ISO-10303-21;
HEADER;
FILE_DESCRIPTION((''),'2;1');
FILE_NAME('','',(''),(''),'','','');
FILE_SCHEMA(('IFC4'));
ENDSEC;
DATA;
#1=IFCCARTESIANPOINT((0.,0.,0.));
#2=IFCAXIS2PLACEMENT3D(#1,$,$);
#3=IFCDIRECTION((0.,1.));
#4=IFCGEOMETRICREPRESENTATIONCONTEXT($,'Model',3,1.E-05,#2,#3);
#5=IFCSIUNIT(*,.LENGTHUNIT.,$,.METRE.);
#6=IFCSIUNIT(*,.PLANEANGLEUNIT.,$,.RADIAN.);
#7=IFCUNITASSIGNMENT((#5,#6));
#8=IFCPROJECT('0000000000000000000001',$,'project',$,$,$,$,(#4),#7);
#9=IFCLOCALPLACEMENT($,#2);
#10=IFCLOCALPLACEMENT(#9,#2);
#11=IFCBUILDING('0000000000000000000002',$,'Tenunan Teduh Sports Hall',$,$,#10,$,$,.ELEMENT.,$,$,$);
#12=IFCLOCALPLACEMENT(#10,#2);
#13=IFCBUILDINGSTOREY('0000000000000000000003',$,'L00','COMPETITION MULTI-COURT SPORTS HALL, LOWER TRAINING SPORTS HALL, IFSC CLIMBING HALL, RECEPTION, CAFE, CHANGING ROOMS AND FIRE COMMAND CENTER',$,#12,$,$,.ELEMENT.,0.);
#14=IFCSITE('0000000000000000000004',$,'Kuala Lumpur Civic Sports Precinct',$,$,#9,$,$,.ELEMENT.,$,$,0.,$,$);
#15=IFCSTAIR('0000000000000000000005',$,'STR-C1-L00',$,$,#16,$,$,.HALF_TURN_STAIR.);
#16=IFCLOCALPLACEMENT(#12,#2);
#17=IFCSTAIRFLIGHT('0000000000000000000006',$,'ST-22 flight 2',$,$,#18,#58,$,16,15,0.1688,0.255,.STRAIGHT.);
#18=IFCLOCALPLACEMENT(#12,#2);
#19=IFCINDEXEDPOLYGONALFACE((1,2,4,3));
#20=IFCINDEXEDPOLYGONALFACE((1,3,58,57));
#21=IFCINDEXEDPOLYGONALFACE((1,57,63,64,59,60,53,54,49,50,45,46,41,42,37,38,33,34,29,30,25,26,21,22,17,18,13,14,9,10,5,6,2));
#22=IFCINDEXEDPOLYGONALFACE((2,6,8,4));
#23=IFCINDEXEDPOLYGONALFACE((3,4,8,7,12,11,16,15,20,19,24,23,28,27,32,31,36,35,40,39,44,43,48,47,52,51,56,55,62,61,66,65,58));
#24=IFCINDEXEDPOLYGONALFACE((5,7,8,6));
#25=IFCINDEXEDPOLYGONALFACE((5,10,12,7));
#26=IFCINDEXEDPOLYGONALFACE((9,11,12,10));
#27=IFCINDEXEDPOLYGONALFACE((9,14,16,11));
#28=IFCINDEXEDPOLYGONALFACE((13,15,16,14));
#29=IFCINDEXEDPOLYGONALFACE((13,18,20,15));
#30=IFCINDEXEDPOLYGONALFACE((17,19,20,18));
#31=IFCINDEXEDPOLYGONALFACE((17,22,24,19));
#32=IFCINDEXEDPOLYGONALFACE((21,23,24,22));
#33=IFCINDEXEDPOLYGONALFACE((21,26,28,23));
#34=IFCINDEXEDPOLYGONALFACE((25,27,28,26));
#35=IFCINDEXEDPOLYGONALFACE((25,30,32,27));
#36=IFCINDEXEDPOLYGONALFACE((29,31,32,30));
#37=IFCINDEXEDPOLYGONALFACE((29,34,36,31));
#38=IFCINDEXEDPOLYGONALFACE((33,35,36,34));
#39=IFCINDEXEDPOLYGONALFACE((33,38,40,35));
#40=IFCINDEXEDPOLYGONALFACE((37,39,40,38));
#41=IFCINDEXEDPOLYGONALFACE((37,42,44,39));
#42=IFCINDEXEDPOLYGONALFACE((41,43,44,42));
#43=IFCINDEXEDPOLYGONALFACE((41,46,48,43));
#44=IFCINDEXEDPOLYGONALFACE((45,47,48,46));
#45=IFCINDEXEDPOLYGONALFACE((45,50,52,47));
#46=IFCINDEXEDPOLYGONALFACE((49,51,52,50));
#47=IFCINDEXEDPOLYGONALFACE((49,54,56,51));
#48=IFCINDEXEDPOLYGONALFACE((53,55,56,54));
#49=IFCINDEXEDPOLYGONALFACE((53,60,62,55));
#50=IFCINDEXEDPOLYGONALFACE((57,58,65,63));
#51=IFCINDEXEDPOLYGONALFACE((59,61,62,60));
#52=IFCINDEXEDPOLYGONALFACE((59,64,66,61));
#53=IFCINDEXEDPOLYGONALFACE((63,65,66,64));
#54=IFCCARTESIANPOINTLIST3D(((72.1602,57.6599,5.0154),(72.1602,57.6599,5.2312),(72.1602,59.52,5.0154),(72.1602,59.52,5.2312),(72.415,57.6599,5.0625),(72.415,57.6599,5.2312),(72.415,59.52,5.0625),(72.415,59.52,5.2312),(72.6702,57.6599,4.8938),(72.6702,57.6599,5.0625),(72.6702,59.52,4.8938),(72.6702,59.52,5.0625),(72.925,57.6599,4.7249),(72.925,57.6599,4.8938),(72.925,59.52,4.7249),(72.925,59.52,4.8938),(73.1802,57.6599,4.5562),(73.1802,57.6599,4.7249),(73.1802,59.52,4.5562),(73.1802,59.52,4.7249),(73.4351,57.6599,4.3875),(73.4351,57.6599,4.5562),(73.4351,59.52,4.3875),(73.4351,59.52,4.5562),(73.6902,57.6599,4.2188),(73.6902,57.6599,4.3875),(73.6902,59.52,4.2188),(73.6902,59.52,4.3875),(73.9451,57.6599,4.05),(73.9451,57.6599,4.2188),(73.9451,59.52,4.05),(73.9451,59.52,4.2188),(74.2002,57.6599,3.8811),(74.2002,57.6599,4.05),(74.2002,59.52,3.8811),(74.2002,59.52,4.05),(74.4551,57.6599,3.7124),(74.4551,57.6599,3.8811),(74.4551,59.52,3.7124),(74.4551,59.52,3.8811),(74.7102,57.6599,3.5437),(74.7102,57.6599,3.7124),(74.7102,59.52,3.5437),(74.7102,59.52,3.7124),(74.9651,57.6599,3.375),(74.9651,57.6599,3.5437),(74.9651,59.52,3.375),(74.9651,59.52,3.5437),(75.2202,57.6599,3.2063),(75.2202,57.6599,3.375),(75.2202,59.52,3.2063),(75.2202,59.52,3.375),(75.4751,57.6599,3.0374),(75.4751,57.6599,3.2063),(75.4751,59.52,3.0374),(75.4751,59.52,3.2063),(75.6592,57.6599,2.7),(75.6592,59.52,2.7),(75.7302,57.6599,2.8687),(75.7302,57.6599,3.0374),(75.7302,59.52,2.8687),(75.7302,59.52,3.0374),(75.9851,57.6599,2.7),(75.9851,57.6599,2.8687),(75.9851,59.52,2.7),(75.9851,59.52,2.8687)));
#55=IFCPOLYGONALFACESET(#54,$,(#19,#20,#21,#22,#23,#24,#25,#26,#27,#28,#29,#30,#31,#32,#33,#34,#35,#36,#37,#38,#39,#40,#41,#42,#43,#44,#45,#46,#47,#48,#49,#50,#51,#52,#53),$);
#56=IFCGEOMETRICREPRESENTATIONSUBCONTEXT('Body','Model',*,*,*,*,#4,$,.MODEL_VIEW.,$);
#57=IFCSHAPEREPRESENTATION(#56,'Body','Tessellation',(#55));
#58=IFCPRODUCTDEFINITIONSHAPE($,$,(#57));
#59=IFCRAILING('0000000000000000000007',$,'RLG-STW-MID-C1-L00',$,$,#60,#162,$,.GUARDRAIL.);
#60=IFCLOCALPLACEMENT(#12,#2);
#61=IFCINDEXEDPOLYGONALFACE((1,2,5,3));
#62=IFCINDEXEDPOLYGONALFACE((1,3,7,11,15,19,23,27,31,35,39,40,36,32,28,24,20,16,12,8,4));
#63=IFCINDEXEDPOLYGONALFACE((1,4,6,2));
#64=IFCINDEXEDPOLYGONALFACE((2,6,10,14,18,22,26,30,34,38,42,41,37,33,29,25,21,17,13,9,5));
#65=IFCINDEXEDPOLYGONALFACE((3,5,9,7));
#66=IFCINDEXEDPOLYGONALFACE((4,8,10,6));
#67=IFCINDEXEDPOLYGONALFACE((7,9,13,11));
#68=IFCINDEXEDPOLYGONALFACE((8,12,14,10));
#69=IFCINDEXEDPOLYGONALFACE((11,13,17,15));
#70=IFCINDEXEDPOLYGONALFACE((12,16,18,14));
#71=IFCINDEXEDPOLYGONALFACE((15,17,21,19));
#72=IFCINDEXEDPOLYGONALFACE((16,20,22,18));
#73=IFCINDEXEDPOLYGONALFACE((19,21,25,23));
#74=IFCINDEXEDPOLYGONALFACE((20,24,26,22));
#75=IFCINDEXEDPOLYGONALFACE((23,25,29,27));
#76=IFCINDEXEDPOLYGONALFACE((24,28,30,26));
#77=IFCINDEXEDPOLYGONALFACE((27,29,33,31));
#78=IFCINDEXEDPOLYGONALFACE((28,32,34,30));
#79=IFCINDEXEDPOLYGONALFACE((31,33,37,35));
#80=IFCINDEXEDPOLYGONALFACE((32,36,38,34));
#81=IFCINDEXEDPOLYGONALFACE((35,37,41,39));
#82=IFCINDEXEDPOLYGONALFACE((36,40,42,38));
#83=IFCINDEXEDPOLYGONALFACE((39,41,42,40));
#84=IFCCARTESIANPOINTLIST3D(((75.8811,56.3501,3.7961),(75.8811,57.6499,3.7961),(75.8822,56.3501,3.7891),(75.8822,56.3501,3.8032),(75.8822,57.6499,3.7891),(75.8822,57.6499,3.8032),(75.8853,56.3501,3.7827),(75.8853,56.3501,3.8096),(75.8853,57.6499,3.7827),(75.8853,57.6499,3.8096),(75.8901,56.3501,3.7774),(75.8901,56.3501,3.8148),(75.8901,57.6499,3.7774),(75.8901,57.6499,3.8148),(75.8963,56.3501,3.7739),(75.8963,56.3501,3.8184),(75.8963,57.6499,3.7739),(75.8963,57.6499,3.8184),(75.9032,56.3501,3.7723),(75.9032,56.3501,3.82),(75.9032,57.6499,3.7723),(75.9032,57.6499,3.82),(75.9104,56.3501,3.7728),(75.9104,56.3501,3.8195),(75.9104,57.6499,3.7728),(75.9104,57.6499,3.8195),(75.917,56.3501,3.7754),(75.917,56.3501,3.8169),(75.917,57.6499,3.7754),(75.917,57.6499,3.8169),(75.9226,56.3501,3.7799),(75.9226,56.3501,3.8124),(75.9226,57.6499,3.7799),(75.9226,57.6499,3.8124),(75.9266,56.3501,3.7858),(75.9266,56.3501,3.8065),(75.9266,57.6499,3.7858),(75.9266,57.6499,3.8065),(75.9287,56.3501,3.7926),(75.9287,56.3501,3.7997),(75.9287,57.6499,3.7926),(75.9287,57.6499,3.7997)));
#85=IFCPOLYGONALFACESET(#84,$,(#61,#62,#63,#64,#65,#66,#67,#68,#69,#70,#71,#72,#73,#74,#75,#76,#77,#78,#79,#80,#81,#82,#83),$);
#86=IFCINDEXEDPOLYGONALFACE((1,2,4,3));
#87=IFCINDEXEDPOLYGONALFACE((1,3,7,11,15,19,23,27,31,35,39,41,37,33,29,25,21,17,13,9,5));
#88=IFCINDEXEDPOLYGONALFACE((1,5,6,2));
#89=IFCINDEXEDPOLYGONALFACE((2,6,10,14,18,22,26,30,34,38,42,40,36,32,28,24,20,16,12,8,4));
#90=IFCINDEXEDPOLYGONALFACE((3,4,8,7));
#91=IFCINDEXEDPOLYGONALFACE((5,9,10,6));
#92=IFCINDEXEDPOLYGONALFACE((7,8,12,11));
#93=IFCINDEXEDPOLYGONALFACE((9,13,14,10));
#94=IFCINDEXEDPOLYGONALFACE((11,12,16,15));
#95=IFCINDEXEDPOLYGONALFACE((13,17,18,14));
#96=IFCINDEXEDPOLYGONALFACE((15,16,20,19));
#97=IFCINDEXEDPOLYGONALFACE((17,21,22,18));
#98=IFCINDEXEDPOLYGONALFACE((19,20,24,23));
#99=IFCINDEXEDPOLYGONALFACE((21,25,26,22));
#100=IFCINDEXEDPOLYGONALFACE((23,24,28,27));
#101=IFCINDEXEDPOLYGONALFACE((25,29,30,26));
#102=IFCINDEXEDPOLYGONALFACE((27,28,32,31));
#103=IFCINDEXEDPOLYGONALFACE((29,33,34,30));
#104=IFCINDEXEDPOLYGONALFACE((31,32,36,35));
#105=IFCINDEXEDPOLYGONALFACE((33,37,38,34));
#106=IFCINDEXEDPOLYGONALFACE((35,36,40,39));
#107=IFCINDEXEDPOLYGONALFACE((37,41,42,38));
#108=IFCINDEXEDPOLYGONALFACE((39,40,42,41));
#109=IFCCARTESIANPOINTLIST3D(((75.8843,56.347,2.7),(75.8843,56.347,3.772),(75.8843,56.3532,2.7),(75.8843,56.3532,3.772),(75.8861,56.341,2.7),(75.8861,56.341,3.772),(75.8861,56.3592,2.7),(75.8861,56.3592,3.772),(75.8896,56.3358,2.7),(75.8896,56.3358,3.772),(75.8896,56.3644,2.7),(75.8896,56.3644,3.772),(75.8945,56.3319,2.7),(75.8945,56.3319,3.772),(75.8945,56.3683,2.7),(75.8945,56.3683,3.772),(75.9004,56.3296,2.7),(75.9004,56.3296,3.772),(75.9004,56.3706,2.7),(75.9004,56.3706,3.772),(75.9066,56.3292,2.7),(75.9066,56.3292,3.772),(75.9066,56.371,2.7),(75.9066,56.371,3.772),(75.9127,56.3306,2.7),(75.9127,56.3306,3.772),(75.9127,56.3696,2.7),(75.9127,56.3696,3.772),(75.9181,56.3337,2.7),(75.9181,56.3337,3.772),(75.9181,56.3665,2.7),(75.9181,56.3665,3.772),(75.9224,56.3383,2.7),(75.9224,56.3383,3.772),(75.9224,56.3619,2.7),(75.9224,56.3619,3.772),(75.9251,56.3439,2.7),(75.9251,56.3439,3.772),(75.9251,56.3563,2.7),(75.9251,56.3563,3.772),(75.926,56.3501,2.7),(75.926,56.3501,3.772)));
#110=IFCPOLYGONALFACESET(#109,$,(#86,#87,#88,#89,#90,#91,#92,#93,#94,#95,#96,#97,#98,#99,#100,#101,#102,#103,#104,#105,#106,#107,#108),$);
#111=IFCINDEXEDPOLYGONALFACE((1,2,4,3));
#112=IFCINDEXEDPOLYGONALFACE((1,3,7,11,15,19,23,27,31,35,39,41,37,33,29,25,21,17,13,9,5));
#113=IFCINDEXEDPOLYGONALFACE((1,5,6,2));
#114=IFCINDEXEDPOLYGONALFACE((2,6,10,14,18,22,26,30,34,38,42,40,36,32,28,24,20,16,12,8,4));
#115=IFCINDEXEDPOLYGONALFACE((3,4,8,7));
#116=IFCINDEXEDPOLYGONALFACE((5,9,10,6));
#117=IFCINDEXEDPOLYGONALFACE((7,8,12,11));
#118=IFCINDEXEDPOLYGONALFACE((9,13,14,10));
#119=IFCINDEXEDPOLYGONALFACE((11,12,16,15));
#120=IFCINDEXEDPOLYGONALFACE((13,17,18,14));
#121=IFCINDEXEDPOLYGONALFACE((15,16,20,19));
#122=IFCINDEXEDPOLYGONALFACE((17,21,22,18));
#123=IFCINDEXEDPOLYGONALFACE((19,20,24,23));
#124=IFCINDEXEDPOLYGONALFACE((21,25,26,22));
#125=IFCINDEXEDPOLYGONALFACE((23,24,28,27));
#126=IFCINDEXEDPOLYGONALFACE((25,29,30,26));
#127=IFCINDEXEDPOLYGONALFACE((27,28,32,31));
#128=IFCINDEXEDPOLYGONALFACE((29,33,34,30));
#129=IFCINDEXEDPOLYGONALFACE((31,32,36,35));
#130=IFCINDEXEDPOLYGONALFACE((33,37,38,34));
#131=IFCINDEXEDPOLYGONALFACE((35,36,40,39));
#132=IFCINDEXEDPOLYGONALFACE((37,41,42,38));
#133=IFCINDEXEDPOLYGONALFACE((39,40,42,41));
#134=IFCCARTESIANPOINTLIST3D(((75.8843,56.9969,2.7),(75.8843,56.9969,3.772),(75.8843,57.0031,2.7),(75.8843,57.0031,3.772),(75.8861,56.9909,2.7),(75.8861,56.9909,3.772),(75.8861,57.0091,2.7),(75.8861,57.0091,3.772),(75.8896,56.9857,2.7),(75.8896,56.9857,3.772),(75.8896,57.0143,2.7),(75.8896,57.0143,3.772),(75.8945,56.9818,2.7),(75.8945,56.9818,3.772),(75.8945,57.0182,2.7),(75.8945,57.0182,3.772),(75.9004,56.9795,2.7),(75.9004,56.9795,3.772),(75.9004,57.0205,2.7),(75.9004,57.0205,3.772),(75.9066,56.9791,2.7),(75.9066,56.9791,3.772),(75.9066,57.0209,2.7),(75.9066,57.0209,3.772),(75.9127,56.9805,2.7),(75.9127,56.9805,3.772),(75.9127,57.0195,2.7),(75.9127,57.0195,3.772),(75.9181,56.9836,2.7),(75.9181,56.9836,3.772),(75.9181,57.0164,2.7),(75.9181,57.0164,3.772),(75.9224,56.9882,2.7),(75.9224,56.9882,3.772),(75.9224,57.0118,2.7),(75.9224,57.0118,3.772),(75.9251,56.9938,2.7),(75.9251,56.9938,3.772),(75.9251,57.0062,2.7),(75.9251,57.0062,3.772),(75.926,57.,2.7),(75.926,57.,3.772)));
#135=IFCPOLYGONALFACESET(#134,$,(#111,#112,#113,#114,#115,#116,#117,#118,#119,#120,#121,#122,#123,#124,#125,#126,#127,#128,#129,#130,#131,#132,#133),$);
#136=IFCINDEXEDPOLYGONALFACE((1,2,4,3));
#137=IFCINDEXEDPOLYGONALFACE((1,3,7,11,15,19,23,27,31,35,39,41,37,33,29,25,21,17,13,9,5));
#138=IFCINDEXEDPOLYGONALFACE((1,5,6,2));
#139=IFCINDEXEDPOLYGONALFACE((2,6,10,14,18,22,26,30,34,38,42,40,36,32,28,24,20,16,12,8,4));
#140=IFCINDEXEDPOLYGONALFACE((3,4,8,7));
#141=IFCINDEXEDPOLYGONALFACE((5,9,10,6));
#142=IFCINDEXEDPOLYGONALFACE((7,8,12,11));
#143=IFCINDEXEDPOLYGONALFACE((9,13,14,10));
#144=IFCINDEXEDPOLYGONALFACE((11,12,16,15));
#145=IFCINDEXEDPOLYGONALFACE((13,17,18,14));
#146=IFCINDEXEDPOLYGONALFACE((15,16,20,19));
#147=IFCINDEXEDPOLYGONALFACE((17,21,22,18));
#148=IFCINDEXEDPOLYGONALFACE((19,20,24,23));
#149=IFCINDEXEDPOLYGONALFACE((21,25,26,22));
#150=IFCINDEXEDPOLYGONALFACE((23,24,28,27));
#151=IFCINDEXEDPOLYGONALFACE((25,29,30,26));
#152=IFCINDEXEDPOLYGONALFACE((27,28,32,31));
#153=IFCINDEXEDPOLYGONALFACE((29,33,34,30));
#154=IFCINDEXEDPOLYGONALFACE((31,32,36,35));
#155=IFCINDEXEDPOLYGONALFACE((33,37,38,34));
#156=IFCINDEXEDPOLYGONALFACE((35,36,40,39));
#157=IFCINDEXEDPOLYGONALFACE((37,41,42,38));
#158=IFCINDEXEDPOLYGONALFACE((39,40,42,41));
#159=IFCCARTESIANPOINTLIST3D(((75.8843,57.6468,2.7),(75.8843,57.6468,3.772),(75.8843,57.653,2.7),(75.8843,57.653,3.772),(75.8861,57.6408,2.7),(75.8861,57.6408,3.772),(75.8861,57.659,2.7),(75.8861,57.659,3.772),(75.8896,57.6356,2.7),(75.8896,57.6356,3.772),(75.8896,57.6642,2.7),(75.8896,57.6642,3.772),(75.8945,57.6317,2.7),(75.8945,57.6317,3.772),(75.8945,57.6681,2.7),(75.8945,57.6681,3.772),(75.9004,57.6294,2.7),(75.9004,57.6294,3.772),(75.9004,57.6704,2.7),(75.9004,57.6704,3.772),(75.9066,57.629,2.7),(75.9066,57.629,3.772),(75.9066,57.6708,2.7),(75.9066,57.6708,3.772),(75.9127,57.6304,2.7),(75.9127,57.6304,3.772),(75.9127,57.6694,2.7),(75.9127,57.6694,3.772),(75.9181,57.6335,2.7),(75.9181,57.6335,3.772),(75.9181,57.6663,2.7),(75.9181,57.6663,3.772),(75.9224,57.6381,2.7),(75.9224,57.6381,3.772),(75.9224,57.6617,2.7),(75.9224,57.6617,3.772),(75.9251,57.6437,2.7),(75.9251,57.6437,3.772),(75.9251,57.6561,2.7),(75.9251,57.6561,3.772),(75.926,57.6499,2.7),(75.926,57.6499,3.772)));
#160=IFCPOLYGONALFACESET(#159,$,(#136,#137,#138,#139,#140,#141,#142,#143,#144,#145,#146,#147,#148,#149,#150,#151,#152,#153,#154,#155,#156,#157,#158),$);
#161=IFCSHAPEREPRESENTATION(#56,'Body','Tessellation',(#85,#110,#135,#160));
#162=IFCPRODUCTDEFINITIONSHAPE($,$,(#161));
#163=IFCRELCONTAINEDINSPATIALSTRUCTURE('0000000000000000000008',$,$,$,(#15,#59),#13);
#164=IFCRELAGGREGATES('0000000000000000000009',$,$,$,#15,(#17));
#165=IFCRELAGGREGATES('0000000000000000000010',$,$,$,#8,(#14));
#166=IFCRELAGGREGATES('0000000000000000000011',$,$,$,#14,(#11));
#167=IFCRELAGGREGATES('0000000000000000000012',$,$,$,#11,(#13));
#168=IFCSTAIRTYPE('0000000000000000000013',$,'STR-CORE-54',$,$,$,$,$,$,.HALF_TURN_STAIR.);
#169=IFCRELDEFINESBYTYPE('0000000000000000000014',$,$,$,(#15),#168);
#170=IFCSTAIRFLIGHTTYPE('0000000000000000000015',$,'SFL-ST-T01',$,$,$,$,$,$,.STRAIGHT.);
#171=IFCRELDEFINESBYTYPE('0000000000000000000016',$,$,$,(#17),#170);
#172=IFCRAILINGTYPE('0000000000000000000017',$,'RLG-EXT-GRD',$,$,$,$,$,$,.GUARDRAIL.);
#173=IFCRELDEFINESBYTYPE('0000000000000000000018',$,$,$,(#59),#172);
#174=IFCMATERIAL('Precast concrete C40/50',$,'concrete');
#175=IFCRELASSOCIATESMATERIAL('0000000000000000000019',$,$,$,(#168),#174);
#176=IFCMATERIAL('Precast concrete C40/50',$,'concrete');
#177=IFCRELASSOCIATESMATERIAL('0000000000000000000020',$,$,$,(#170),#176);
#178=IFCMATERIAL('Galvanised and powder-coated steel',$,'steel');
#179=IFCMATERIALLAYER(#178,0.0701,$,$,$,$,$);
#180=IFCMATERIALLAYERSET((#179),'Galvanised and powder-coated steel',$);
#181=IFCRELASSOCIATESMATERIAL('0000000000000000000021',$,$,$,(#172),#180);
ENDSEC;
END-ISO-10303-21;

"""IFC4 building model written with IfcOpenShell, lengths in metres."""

from ifc_helpers import new_model, si_unit, direction, frame, origin, origin_2d, place, context, subcontext, project, spatial, polyline, circle, outline, extrude, material, layer, layer_set, type_object, element, aggregate, save


model = new_model("IFC4")

# Units and contexts
model_context = context("Model", 3, precision=1e-05, world=origin(), true_north=direction((0.0, 1.0)))
body_context = subcontext(model_context, "Body", "Model", "MODEL_VIEW")
ifc_project = project(units=[si_unit("LENGTHUNIT", "METRE"), si_unit("PLANEANGLEUNIT", "RADIAN")], contexts=[model_context])

# Site, building, storey
site_placement = place(None, origin())
site = spatial("IfcSite", under=ifc_project, at=site_placement, Name="Kuala Lumpur Civic Sports Precinct", CompositionType="ELEMENT", RefElevation=0.0)
building_placement = place(site_placement, origin())
building = spatial("IfcBuilding", under=site, at=building_placement, Name="Tenunan Teduh Sports Hall", CompositionType="ELEMENT")
storey_placement = place(building_placement, origin())
storey = spatial("IfcBuildingStorey", under=building, at=storey_placement, Name="L00", Description="COMPETITION MULTI-COURT SPORTS HALL, LOWER TRAINING SPORTS HALL, IFSC CLIMBING HALL, RECEPTION, CAFE, CHANGING ROOMS AND FIRE COMMAND CENTER", CompositionType="ELEMENT", Elevation=0.0)

# Stair, stair flight
ifc_material_1 = material(Name="Precast concrete C40/50", Category="concrete")
stair_type = type_object("IfcStairType", Name="STR-CORE-54", PredefinedType="HALF_TURN_STAIR", material=ifc_material_1)
stair_placement = place(storey_placement, origin())
stair = element("IfcStair", 1, at=stair_placement, inside=storey, type_object=stair_type, Name="STR-C1-L00", PredefinedType="HALF_TURN_STAIR")
ifc_material_2 = material(Name="Precast concrete C40/50", Category="concrete")
stair_flight_type = type_object("IfcStairFlightType", Name="SFL-ST-T01", PredefinedType="STRAIGHT", material=ifc_material_2)
stair_flight_placement = place(storey_placement, frame((75.9851, 58.5901, 2.7), z_axis=(0.0, 0.0, 1.0), x_axis=(-1.0, 0.0, 0.0)))
stair_flight = element("IfcStairFlight", 2, at=stair_flight_placement, type_object=stair_flight_type, Name="ST-22 flight 2", NumberOfRisers=16, NumberOfTreads=15, PredefinedType="STRAIGHT", RiserHeight=0.1688, TreadLength=0.255, context=body_context, shape_type="SweptSolid", body=[
    extrude(outline(polyline([(0.0, 0.0), (0.0, 0.1687), (0.2549, 0.1687), (0.2549, 0.3374), (0.51, 0.3374), (0.51, 0.5063), (0.7649, 0.5063), (0.7649, 0.675), (1.02, 0.675), (1.02, 0.8438), (1.2749, 0.8438), (1.2749, 1.0125), (1.53, 1.0125), (1.53, 1.1812), (1.7849, 1.1812), (1.7849, 1.3501), (2.04, 1.3501), (2.04, 1.5188), (2.2949, 1.5188), (2.2949, 1.6875), (2.55, 1.6875), (2.55, 1.8562), (2.8049, 1.8562), (2.8049, 2.0249), (3.0601, 2.0249), (3.0601, 2.1938), (3.3149, 2.1938), (3.3149, 2.3625), (3.5701, 2.3625), (3.5701, 2.5312), (3.825, 2.5312), (3.825, 2.7), (3.825, 2.3154), (0.3259, 0.0), (0.0, 0.0)])), frame((0.0, 0.9302, 0.0), z_axis=(0.0, -1.0, 0.0), x_axis=(1.0, 0.0, 0.0)), (0.0, 0.0, 1.0), 1.8601),
])

# Railing
ifc_material_3 = material(Name="Galvanised and powder-coated steel", Category="steel")
ifc_layer_1 = layer(ifc_material_3, 0.0701)
ifc_layer_set_1 = layer_set([ifc_layer_1], Name="Galvanised and powder-coated steel")
railing_type_1 = type_object("IfcRailingType", Name="RLG-EXT-GRD", PredefinedType="GUARDRAIL", material=ifc_layer_set_1)
railing_1_placement = place(storey_placement, frame((75.905, 56.3501, 2.7)))
element("IfcRailing", 3, at=railing_1_placement, inside=storey, type_object=railing_type_1, Name="RLG-STW-MID-C1-L00", PredefinedType="GUARDRAIL", context=body_context, shape_type="SweptSolid", body=[
    extrude(circle(Radius=0.0239, at=origin_2d()), frame((0.0, 0.0, 1.0962), z_axis=(0.0, 1.0, 0.0), x_axis=(-1.0, 0.0, 0.0)), (0.0, 0.0, 1.0), 1.2998),
    extrude(circle(Radius=0.021, at=origin_2d()), origin(), (0.0, 0.0, 1.0), 1.072),
    extrude(circle(Radius=0.021, at=origin_2d()), frame((0.0, 0.6499, 0.0)), (0.0, 0.0, 1.0), 1.072),
    extrude(circle(Radius=0.021, at=origin_2d()), frame((0.0, 1.2998, 0.0)), (0.0, 0.0, 1.0), 1.072),
])

aggregate(stair, [stair_flight])

save(model, "model.ifc")
